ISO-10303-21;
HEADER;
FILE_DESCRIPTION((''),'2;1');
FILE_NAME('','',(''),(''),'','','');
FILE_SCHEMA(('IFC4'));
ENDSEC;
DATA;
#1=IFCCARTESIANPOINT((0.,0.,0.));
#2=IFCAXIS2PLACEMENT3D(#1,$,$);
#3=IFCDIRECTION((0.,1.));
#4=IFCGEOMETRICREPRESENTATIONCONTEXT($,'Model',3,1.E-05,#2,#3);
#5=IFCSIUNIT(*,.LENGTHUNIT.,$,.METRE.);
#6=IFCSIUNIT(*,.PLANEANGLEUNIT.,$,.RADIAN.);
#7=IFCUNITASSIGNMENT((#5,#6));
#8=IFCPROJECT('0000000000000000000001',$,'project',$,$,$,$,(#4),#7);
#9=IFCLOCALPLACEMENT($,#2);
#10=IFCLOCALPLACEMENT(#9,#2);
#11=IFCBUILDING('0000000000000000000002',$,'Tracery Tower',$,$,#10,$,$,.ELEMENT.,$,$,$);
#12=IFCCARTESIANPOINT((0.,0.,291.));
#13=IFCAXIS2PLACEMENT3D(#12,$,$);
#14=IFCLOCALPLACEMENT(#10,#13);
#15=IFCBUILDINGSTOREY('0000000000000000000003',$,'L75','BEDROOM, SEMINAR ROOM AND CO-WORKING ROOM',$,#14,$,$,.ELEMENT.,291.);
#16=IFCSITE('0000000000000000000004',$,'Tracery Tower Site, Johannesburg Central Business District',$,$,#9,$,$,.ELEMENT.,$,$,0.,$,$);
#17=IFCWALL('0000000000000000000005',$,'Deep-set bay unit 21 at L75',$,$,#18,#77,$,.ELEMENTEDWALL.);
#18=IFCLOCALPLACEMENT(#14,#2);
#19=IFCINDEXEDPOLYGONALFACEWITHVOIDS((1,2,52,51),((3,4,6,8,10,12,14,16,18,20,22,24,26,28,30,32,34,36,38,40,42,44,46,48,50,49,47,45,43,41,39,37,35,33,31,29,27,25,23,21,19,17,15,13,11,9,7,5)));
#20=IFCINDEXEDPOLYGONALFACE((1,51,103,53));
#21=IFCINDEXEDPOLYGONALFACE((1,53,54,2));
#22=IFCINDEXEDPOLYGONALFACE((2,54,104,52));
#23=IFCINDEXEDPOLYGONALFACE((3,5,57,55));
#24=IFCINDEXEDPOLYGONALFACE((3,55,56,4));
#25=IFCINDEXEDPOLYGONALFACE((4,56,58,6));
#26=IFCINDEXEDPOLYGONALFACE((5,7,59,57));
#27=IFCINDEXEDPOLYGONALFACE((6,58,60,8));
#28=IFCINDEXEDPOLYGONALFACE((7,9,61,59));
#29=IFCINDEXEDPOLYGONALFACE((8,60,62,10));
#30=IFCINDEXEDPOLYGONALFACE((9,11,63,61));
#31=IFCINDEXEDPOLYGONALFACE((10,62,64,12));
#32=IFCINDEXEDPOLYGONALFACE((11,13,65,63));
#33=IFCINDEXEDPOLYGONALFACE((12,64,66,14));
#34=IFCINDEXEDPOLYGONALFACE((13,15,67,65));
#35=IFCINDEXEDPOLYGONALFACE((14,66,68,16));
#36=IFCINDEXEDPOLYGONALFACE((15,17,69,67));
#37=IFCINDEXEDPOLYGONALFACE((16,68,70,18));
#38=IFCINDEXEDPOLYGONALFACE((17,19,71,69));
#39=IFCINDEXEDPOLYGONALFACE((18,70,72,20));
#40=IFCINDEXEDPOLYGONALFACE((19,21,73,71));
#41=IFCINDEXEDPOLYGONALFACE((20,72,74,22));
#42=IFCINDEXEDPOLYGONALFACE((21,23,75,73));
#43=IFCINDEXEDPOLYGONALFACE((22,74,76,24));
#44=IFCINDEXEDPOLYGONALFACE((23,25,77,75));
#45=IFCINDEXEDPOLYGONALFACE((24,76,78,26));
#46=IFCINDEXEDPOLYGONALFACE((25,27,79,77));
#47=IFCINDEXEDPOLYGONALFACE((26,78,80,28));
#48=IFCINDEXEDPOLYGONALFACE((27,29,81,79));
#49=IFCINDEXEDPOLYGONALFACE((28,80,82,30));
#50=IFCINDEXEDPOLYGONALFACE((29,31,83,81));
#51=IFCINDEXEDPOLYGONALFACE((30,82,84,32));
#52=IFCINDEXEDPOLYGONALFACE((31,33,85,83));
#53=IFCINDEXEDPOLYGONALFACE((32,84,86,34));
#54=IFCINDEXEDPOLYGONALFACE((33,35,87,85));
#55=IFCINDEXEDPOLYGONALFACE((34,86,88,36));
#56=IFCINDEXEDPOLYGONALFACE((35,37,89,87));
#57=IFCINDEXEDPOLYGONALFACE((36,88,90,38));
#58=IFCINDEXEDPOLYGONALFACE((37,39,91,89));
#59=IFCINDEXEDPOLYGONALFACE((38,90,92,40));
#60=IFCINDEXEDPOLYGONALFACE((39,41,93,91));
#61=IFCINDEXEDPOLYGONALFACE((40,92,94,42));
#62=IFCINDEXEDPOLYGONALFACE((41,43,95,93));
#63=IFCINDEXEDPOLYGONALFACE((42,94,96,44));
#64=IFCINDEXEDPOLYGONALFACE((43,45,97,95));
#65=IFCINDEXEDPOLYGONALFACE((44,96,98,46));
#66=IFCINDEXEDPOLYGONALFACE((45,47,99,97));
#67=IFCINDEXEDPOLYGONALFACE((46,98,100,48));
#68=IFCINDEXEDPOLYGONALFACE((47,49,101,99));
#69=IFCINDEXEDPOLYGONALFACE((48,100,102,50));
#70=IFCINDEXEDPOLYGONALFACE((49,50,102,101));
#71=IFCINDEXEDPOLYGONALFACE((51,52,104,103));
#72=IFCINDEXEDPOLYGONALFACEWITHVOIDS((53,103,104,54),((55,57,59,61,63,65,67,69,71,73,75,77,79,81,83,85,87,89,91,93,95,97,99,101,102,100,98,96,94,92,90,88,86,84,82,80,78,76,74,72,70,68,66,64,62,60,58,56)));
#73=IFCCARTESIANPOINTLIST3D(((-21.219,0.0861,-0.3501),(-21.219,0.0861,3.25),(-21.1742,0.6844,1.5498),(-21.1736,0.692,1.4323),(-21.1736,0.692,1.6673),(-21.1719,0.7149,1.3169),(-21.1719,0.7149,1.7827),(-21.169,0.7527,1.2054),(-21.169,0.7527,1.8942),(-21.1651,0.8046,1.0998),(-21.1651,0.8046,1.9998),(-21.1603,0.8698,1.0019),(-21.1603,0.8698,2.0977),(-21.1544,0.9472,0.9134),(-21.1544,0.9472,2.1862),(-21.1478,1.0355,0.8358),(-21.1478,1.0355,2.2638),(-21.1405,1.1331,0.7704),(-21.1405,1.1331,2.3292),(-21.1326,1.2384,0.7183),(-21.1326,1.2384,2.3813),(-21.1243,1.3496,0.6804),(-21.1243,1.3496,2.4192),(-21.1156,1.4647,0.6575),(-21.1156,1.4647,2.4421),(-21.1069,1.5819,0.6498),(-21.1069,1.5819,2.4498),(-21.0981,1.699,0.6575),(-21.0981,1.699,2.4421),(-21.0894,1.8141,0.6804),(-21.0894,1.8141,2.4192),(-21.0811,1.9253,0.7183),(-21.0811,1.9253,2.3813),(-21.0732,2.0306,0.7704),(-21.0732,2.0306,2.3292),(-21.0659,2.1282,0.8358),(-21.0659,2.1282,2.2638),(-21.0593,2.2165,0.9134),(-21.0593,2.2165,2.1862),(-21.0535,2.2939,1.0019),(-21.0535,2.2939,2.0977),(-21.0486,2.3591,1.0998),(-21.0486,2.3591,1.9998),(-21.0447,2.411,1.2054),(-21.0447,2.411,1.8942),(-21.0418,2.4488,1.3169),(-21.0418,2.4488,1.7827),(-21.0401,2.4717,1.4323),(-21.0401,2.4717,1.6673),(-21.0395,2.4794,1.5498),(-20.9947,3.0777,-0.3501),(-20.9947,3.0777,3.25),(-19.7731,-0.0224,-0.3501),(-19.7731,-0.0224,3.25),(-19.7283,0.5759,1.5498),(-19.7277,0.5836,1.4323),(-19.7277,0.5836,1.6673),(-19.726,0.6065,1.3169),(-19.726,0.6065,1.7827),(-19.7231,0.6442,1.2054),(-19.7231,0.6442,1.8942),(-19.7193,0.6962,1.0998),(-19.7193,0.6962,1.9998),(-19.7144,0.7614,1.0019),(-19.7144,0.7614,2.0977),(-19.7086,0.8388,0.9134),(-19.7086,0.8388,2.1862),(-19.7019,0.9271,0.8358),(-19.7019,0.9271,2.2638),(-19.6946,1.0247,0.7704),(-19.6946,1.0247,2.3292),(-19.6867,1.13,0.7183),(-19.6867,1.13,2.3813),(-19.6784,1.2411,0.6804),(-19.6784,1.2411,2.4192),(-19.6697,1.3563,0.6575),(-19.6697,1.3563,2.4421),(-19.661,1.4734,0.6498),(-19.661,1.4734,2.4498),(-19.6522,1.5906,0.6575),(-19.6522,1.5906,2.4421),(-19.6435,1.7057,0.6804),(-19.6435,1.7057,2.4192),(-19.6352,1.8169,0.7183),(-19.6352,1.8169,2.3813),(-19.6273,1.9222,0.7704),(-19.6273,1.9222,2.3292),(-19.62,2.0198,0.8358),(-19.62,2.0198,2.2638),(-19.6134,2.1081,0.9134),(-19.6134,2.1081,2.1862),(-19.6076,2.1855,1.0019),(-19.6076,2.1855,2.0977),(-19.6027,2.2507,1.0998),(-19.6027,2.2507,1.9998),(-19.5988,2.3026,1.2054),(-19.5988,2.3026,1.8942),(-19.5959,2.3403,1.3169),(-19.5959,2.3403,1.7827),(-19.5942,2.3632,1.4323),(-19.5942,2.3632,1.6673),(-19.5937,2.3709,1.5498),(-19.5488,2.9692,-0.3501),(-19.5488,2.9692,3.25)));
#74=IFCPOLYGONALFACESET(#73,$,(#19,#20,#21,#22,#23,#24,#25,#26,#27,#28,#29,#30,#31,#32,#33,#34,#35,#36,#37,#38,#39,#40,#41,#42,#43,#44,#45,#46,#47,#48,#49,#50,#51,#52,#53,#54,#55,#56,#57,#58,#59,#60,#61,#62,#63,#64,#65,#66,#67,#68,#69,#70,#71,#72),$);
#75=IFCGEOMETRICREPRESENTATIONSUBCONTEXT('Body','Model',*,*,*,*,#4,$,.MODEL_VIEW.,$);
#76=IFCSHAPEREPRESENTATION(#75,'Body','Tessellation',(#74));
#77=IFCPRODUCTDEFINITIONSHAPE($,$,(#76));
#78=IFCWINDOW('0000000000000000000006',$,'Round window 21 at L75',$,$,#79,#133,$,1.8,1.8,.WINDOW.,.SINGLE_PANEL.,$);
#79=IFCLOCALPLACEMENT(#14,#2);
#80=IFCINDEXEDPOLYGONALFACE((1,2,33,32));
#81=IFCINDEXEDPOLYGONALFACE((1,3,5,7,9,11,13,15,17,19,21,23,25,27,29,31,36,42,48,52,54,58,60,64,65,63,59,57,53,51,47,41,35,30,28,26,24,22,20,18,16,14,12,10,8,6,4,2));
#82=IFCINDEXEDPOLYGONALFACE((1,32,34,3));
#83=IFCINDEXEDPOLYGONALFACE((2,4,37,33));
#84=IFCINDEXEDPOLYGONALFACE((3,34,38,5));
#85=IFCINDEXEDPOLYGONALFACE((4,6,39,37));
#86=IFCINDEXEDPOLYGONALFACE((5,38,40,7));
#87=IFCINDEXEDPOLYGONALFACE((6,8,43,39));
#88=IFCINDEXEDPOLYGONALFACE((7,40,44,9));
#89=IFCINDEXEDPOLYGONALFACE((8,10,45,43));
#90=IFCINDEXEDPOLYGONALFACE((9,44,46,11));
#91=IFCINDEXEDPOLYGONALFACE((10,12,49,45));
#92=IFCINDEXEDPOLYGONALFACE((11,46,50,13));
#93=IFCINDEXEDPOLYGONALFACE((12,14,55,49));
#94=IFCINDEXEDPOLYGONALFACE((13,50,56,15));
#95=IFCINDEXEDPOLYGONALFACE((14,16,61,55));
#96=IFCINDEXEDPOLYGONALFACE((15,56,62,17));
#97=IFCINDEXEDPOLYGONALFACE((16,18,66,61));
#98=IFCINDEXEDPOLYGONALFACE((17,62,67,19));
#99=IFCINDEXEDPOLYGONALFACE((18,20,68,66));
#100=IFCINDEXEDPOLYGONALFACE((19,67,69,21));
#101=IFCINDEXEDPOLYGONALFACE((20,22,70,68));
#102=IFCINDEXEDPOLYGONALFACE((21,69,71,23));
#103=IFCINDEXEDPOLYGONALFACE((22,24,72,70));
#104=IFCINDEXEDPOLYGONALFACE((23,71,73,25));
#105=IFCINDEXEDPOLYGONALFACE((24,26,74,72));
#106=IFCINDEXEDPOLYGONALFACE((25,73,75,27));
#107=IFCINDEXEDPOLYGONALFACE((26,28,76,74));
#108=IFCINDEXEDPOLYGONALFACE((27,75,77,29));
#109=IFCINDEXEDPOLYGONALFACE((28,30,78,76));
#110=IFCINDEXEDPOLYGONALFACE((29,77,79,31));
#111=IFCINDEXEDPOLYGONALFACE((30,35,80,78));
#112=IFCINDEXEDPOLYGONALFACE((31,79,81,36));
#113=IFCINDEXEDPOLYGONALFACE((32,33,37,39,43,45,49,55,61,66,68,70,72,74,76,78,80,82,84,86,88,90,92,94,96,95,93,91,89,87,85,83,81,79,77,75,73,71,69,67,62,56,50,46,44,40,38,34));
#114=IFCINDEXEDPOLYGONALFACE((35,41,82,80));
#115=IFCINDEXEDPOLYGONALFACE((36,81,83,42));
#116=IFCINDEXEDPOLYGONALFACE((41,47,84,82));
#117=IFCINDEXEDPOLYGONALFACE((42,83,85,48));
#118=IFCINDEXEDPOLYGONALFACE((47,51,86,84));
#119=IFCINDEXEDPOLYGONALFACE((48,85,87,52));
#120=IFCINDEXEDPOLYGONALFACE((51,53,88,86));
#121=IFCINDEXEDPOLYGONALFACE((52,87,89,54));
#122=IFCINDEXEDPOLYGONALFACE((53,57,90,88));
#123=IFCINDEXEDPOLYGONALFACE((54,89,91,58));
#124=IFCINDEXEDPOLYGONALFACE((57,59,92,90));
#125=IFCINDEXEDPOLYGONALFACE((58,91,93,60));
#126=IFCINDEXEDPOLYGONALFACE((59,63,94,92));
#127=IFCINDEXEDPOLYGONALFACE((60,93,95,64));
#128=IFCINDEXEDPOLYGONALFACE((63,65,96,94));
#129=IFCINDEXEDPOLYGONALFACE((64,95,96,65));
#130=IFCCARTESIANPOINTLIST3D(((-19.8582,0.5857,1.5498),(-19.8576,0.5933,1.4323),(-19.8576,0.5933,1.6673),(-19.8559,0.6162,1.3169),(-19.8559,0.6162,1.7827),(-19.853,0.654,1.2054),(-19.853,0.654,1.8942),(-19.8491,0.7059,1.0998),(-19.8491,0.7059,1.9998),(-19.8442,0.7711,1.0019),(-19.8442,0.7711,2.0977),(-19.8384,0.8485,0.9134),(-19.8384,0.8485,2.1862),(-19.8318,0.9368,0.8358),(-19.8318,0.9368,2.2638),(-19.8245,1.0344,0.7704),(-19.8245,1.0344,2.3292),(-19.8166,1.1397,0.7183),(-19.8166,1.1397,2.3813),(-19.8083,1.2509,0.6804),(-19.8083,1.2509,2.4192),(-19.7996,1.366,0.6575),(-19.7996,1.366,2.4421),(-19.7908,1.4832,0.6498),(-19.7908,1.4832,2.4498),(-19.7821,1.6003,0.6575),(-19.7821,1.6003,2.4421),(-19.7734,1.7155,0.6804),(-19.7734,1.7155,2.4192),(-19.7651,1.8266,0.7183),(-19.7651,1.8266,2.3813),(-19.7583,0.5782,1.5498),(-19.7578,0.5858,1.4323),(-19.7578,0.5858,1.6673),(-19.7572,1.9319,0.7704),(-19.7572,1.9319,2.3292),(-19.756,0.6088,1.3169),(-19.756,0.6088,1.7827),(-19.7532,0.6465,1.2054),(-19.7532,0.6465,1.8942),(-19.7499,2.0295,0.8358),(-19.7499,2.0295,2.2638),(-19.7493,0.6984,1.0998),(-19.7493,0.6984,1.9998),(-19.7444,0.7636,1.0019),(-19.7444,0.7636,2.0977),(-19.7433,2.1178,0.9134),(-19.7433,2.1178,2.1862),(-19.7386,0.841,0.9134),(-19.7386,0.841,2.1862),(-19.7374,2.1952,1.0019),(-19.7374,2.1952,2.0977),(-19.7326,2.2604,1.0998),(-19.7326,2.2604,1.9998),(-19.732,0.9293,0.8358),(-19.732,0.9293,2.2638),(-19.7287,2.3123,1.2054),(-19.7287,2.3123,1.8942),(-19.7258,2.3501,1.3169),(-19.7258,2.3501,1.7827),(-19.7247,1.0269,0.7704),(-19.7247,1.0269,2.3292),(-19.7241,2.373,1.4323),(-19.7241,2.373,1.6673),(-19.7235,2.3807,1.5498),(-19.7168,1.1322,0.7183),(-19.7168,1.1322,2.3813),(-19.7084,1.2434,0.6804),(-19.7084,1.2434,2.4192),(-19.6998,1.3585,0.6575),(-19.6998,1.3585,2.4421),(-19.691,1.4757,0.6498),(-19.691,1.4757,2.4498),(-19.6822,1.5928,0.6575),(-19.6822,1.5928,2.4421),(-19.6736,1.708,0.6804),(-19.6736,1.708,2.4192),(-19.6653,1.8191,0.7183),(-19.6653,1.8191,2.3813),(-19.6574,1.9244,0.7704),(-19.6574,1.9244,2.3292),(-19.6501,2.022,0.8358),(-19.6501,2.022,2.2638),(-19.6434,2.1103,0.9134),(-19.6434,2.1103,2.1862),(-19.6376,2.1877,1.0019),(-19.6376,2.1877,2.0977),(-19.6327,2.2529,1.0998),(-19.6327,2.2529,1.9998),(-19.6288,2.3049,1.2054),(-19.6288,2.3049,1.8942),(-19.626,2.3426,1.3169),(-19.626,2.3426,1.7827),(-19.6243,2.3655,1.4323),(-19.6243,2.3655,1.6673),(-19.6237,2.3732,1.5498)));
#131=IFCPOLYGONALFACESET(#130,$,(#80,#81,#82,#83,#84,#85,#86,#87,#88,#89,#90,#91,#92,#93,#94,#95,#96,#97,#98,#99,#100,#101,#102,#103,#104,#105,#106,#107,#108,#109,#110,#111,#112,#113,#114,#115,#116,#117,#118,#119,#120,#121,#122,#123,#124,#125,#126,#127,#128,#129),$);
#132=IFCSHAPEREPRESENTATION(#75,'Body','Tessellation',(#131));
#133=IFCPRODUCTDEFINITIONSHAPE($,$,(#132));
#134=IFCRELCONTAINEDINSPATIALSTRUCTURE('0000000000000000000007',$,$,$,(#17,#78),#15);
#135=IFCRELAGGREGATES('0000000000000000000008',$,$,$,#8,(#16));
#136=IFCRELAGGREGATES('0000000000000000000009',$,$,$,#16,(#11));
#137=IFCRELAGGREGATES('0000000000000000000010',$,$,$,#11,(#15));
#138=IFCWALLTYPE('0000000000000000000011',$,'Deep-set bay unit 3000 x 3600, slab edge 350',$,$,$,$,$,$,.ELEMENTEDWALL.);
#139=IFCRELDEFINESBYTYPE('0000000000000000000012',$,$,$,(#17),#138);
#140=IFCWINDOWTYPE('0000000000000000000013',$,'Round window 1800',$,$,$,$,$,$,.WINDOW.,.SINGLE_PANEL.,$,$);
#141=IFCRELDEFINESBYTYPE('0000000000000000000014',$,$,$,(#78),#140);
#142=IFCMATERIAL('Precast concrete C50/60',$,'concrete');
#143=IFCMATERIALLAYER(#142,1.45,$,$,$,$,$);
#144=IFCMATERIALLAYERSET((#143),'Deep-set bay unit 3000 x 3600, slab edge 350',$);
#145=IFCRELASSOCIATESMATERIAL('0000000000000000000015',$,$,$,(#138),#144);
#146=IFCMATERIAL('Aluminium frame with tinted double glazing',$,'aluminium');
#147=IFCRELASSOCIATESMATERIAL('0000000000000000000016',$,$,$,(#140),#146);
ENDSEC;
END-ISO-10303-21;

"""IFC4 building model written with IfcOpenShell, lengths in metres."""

from ifc_helpers import new_model, si_unit, direction, frame, frame_2d, origin, origin_2d, place, context, subcontext, project, spatial, rectangle, circle, extrude, material, layer, layer_set, type_object, element, fill, save


model = new_model("IFC4")

# Units and contexts
model_context = context("Model", 3, precision=1e-05, world=origin(), true_north=direction((0.0, 1.0)))
body_context = subcontext(model_context, "Body", "Model", "MODEL_VIEW")
ifc_project = project(units=[si_unit("LENGTHUNIT", "METRE"), si_unit("PLANEANGLEUNIT", "RADIAN")], contexts=[model_context])

# Site, building, storey
site_placement = place(None, origin())
site = spatial("IfcSite", under=ifc_project, at=site_placement, Name="Tracery Tower Site, Johannesburg Central Business District", CompositionType="ELEMENT", RefElevation=0.0)
building_placement = place(site_placement, origin())
building = spatial("IfcBuilding", under=site, at=building_placement, Name="Tracery Tower", CompositionType="ELEMENT")
storey_placement = place(building_placement, frame((0.0, 0.0, 291.0)))
storey = spatial("IfcBuildingStorey", under=building, at=storey_placement, Name="L75", Description="BEDROOM, SEMINAR ROOM AND CO-WORKING ROOM", CompositionType="ELEMENT", Elevation=291.0)

# Wall, opening, window
ifc_material_1 = material(Name="Precast concrete C50/60", Category="concrete")
ifc_layer_1 = layer(ifc_material_1, 1.45)
ifc_layer_set_1 = layer_set([ifc_layer_1], Name="Deep-set bay unit 3000 x 3600, slab edge 350")
wall_type_1 = type_object("IfcWallType", Name="Deep-set bay unit 3000 x 3600, slab edge 350", PredefinedType="ELEMENTEDWALL", material=ifc_layer_set_1)
wall_1_placement = place(storey_placement, frame((-20.2717, 3.0234, -0.3501), z_axis=(0.0, 0.0, 1.0), x_axis=(-0.074786, -0.9972, 0.0)))
wall_1 = element("IfcWall", 1, at=wall_1_placement, inside=storey, type_object=wall_type_1, Name="Deep-set bay unit 21 at L75", PredefinedType="ELEMENTEDWALL", context=body_context, shape_type="SweptSolid", body=[
    extrude(rectangle(XDim=3.0, YDim=1.45, at=frame_2d((1.5, 0.0))), origin(), (0.0, 0.0, 1.0), 3.6001),
])
opening_1_placement = place(wall_1_placement, frame((1.5, 0.0, 1.8999)))
opening_1 = element("IfcOpeningElement", 2, at=opening_1_placement, cuts=wall_1, PredefinedType="OPENING", context=body_context, shape_type="SweptSolid", body=[
    extrude(circle(Radius=0.9, at=origin_2d()), frame((0.0, 0.7349, 0.0), z_axis=(0.0, -1.0, 0.0), x_axis=(1.0, 0.0, 0.0)), (0.0, 0.0, 1.0), 1.47),
])
ifc_material_2 = material(Name="Aluminium frame with tinted double glazing", Category="aluminium")
window_type = type_object("IfcWindowType", Name="Round window 1800", PartitioningType="SINGLE_PANEL", PredefinedType="WINDOW", material=ifc_material_2)
window_1_placement = place(opening_1_placement, origin())
window_1 = element("IfcWindow", 3, at=window_1_placement, inside=storey, type_object=window_type, Name="Round window 21 at L75", OverallHeight=1.8, OverallWidth=1.8, PartitioningType="SINGLE_PANEL", PredefinedType="WINDOW", context=body_context, shape_type="SweptSolid", body=[
    extrude(circle(Radius=0.9, at=origin_2d()), frame((0.0, 0.6948, 0.0), z_axis=(0.0, -1.0, 0.0), x_axis=(1.0, 0.0, 0.0)), (0.0, 0.0, 1.0), 0.1001),
])
fill(opening_1, window_1)

save(model, "model.ifc")
